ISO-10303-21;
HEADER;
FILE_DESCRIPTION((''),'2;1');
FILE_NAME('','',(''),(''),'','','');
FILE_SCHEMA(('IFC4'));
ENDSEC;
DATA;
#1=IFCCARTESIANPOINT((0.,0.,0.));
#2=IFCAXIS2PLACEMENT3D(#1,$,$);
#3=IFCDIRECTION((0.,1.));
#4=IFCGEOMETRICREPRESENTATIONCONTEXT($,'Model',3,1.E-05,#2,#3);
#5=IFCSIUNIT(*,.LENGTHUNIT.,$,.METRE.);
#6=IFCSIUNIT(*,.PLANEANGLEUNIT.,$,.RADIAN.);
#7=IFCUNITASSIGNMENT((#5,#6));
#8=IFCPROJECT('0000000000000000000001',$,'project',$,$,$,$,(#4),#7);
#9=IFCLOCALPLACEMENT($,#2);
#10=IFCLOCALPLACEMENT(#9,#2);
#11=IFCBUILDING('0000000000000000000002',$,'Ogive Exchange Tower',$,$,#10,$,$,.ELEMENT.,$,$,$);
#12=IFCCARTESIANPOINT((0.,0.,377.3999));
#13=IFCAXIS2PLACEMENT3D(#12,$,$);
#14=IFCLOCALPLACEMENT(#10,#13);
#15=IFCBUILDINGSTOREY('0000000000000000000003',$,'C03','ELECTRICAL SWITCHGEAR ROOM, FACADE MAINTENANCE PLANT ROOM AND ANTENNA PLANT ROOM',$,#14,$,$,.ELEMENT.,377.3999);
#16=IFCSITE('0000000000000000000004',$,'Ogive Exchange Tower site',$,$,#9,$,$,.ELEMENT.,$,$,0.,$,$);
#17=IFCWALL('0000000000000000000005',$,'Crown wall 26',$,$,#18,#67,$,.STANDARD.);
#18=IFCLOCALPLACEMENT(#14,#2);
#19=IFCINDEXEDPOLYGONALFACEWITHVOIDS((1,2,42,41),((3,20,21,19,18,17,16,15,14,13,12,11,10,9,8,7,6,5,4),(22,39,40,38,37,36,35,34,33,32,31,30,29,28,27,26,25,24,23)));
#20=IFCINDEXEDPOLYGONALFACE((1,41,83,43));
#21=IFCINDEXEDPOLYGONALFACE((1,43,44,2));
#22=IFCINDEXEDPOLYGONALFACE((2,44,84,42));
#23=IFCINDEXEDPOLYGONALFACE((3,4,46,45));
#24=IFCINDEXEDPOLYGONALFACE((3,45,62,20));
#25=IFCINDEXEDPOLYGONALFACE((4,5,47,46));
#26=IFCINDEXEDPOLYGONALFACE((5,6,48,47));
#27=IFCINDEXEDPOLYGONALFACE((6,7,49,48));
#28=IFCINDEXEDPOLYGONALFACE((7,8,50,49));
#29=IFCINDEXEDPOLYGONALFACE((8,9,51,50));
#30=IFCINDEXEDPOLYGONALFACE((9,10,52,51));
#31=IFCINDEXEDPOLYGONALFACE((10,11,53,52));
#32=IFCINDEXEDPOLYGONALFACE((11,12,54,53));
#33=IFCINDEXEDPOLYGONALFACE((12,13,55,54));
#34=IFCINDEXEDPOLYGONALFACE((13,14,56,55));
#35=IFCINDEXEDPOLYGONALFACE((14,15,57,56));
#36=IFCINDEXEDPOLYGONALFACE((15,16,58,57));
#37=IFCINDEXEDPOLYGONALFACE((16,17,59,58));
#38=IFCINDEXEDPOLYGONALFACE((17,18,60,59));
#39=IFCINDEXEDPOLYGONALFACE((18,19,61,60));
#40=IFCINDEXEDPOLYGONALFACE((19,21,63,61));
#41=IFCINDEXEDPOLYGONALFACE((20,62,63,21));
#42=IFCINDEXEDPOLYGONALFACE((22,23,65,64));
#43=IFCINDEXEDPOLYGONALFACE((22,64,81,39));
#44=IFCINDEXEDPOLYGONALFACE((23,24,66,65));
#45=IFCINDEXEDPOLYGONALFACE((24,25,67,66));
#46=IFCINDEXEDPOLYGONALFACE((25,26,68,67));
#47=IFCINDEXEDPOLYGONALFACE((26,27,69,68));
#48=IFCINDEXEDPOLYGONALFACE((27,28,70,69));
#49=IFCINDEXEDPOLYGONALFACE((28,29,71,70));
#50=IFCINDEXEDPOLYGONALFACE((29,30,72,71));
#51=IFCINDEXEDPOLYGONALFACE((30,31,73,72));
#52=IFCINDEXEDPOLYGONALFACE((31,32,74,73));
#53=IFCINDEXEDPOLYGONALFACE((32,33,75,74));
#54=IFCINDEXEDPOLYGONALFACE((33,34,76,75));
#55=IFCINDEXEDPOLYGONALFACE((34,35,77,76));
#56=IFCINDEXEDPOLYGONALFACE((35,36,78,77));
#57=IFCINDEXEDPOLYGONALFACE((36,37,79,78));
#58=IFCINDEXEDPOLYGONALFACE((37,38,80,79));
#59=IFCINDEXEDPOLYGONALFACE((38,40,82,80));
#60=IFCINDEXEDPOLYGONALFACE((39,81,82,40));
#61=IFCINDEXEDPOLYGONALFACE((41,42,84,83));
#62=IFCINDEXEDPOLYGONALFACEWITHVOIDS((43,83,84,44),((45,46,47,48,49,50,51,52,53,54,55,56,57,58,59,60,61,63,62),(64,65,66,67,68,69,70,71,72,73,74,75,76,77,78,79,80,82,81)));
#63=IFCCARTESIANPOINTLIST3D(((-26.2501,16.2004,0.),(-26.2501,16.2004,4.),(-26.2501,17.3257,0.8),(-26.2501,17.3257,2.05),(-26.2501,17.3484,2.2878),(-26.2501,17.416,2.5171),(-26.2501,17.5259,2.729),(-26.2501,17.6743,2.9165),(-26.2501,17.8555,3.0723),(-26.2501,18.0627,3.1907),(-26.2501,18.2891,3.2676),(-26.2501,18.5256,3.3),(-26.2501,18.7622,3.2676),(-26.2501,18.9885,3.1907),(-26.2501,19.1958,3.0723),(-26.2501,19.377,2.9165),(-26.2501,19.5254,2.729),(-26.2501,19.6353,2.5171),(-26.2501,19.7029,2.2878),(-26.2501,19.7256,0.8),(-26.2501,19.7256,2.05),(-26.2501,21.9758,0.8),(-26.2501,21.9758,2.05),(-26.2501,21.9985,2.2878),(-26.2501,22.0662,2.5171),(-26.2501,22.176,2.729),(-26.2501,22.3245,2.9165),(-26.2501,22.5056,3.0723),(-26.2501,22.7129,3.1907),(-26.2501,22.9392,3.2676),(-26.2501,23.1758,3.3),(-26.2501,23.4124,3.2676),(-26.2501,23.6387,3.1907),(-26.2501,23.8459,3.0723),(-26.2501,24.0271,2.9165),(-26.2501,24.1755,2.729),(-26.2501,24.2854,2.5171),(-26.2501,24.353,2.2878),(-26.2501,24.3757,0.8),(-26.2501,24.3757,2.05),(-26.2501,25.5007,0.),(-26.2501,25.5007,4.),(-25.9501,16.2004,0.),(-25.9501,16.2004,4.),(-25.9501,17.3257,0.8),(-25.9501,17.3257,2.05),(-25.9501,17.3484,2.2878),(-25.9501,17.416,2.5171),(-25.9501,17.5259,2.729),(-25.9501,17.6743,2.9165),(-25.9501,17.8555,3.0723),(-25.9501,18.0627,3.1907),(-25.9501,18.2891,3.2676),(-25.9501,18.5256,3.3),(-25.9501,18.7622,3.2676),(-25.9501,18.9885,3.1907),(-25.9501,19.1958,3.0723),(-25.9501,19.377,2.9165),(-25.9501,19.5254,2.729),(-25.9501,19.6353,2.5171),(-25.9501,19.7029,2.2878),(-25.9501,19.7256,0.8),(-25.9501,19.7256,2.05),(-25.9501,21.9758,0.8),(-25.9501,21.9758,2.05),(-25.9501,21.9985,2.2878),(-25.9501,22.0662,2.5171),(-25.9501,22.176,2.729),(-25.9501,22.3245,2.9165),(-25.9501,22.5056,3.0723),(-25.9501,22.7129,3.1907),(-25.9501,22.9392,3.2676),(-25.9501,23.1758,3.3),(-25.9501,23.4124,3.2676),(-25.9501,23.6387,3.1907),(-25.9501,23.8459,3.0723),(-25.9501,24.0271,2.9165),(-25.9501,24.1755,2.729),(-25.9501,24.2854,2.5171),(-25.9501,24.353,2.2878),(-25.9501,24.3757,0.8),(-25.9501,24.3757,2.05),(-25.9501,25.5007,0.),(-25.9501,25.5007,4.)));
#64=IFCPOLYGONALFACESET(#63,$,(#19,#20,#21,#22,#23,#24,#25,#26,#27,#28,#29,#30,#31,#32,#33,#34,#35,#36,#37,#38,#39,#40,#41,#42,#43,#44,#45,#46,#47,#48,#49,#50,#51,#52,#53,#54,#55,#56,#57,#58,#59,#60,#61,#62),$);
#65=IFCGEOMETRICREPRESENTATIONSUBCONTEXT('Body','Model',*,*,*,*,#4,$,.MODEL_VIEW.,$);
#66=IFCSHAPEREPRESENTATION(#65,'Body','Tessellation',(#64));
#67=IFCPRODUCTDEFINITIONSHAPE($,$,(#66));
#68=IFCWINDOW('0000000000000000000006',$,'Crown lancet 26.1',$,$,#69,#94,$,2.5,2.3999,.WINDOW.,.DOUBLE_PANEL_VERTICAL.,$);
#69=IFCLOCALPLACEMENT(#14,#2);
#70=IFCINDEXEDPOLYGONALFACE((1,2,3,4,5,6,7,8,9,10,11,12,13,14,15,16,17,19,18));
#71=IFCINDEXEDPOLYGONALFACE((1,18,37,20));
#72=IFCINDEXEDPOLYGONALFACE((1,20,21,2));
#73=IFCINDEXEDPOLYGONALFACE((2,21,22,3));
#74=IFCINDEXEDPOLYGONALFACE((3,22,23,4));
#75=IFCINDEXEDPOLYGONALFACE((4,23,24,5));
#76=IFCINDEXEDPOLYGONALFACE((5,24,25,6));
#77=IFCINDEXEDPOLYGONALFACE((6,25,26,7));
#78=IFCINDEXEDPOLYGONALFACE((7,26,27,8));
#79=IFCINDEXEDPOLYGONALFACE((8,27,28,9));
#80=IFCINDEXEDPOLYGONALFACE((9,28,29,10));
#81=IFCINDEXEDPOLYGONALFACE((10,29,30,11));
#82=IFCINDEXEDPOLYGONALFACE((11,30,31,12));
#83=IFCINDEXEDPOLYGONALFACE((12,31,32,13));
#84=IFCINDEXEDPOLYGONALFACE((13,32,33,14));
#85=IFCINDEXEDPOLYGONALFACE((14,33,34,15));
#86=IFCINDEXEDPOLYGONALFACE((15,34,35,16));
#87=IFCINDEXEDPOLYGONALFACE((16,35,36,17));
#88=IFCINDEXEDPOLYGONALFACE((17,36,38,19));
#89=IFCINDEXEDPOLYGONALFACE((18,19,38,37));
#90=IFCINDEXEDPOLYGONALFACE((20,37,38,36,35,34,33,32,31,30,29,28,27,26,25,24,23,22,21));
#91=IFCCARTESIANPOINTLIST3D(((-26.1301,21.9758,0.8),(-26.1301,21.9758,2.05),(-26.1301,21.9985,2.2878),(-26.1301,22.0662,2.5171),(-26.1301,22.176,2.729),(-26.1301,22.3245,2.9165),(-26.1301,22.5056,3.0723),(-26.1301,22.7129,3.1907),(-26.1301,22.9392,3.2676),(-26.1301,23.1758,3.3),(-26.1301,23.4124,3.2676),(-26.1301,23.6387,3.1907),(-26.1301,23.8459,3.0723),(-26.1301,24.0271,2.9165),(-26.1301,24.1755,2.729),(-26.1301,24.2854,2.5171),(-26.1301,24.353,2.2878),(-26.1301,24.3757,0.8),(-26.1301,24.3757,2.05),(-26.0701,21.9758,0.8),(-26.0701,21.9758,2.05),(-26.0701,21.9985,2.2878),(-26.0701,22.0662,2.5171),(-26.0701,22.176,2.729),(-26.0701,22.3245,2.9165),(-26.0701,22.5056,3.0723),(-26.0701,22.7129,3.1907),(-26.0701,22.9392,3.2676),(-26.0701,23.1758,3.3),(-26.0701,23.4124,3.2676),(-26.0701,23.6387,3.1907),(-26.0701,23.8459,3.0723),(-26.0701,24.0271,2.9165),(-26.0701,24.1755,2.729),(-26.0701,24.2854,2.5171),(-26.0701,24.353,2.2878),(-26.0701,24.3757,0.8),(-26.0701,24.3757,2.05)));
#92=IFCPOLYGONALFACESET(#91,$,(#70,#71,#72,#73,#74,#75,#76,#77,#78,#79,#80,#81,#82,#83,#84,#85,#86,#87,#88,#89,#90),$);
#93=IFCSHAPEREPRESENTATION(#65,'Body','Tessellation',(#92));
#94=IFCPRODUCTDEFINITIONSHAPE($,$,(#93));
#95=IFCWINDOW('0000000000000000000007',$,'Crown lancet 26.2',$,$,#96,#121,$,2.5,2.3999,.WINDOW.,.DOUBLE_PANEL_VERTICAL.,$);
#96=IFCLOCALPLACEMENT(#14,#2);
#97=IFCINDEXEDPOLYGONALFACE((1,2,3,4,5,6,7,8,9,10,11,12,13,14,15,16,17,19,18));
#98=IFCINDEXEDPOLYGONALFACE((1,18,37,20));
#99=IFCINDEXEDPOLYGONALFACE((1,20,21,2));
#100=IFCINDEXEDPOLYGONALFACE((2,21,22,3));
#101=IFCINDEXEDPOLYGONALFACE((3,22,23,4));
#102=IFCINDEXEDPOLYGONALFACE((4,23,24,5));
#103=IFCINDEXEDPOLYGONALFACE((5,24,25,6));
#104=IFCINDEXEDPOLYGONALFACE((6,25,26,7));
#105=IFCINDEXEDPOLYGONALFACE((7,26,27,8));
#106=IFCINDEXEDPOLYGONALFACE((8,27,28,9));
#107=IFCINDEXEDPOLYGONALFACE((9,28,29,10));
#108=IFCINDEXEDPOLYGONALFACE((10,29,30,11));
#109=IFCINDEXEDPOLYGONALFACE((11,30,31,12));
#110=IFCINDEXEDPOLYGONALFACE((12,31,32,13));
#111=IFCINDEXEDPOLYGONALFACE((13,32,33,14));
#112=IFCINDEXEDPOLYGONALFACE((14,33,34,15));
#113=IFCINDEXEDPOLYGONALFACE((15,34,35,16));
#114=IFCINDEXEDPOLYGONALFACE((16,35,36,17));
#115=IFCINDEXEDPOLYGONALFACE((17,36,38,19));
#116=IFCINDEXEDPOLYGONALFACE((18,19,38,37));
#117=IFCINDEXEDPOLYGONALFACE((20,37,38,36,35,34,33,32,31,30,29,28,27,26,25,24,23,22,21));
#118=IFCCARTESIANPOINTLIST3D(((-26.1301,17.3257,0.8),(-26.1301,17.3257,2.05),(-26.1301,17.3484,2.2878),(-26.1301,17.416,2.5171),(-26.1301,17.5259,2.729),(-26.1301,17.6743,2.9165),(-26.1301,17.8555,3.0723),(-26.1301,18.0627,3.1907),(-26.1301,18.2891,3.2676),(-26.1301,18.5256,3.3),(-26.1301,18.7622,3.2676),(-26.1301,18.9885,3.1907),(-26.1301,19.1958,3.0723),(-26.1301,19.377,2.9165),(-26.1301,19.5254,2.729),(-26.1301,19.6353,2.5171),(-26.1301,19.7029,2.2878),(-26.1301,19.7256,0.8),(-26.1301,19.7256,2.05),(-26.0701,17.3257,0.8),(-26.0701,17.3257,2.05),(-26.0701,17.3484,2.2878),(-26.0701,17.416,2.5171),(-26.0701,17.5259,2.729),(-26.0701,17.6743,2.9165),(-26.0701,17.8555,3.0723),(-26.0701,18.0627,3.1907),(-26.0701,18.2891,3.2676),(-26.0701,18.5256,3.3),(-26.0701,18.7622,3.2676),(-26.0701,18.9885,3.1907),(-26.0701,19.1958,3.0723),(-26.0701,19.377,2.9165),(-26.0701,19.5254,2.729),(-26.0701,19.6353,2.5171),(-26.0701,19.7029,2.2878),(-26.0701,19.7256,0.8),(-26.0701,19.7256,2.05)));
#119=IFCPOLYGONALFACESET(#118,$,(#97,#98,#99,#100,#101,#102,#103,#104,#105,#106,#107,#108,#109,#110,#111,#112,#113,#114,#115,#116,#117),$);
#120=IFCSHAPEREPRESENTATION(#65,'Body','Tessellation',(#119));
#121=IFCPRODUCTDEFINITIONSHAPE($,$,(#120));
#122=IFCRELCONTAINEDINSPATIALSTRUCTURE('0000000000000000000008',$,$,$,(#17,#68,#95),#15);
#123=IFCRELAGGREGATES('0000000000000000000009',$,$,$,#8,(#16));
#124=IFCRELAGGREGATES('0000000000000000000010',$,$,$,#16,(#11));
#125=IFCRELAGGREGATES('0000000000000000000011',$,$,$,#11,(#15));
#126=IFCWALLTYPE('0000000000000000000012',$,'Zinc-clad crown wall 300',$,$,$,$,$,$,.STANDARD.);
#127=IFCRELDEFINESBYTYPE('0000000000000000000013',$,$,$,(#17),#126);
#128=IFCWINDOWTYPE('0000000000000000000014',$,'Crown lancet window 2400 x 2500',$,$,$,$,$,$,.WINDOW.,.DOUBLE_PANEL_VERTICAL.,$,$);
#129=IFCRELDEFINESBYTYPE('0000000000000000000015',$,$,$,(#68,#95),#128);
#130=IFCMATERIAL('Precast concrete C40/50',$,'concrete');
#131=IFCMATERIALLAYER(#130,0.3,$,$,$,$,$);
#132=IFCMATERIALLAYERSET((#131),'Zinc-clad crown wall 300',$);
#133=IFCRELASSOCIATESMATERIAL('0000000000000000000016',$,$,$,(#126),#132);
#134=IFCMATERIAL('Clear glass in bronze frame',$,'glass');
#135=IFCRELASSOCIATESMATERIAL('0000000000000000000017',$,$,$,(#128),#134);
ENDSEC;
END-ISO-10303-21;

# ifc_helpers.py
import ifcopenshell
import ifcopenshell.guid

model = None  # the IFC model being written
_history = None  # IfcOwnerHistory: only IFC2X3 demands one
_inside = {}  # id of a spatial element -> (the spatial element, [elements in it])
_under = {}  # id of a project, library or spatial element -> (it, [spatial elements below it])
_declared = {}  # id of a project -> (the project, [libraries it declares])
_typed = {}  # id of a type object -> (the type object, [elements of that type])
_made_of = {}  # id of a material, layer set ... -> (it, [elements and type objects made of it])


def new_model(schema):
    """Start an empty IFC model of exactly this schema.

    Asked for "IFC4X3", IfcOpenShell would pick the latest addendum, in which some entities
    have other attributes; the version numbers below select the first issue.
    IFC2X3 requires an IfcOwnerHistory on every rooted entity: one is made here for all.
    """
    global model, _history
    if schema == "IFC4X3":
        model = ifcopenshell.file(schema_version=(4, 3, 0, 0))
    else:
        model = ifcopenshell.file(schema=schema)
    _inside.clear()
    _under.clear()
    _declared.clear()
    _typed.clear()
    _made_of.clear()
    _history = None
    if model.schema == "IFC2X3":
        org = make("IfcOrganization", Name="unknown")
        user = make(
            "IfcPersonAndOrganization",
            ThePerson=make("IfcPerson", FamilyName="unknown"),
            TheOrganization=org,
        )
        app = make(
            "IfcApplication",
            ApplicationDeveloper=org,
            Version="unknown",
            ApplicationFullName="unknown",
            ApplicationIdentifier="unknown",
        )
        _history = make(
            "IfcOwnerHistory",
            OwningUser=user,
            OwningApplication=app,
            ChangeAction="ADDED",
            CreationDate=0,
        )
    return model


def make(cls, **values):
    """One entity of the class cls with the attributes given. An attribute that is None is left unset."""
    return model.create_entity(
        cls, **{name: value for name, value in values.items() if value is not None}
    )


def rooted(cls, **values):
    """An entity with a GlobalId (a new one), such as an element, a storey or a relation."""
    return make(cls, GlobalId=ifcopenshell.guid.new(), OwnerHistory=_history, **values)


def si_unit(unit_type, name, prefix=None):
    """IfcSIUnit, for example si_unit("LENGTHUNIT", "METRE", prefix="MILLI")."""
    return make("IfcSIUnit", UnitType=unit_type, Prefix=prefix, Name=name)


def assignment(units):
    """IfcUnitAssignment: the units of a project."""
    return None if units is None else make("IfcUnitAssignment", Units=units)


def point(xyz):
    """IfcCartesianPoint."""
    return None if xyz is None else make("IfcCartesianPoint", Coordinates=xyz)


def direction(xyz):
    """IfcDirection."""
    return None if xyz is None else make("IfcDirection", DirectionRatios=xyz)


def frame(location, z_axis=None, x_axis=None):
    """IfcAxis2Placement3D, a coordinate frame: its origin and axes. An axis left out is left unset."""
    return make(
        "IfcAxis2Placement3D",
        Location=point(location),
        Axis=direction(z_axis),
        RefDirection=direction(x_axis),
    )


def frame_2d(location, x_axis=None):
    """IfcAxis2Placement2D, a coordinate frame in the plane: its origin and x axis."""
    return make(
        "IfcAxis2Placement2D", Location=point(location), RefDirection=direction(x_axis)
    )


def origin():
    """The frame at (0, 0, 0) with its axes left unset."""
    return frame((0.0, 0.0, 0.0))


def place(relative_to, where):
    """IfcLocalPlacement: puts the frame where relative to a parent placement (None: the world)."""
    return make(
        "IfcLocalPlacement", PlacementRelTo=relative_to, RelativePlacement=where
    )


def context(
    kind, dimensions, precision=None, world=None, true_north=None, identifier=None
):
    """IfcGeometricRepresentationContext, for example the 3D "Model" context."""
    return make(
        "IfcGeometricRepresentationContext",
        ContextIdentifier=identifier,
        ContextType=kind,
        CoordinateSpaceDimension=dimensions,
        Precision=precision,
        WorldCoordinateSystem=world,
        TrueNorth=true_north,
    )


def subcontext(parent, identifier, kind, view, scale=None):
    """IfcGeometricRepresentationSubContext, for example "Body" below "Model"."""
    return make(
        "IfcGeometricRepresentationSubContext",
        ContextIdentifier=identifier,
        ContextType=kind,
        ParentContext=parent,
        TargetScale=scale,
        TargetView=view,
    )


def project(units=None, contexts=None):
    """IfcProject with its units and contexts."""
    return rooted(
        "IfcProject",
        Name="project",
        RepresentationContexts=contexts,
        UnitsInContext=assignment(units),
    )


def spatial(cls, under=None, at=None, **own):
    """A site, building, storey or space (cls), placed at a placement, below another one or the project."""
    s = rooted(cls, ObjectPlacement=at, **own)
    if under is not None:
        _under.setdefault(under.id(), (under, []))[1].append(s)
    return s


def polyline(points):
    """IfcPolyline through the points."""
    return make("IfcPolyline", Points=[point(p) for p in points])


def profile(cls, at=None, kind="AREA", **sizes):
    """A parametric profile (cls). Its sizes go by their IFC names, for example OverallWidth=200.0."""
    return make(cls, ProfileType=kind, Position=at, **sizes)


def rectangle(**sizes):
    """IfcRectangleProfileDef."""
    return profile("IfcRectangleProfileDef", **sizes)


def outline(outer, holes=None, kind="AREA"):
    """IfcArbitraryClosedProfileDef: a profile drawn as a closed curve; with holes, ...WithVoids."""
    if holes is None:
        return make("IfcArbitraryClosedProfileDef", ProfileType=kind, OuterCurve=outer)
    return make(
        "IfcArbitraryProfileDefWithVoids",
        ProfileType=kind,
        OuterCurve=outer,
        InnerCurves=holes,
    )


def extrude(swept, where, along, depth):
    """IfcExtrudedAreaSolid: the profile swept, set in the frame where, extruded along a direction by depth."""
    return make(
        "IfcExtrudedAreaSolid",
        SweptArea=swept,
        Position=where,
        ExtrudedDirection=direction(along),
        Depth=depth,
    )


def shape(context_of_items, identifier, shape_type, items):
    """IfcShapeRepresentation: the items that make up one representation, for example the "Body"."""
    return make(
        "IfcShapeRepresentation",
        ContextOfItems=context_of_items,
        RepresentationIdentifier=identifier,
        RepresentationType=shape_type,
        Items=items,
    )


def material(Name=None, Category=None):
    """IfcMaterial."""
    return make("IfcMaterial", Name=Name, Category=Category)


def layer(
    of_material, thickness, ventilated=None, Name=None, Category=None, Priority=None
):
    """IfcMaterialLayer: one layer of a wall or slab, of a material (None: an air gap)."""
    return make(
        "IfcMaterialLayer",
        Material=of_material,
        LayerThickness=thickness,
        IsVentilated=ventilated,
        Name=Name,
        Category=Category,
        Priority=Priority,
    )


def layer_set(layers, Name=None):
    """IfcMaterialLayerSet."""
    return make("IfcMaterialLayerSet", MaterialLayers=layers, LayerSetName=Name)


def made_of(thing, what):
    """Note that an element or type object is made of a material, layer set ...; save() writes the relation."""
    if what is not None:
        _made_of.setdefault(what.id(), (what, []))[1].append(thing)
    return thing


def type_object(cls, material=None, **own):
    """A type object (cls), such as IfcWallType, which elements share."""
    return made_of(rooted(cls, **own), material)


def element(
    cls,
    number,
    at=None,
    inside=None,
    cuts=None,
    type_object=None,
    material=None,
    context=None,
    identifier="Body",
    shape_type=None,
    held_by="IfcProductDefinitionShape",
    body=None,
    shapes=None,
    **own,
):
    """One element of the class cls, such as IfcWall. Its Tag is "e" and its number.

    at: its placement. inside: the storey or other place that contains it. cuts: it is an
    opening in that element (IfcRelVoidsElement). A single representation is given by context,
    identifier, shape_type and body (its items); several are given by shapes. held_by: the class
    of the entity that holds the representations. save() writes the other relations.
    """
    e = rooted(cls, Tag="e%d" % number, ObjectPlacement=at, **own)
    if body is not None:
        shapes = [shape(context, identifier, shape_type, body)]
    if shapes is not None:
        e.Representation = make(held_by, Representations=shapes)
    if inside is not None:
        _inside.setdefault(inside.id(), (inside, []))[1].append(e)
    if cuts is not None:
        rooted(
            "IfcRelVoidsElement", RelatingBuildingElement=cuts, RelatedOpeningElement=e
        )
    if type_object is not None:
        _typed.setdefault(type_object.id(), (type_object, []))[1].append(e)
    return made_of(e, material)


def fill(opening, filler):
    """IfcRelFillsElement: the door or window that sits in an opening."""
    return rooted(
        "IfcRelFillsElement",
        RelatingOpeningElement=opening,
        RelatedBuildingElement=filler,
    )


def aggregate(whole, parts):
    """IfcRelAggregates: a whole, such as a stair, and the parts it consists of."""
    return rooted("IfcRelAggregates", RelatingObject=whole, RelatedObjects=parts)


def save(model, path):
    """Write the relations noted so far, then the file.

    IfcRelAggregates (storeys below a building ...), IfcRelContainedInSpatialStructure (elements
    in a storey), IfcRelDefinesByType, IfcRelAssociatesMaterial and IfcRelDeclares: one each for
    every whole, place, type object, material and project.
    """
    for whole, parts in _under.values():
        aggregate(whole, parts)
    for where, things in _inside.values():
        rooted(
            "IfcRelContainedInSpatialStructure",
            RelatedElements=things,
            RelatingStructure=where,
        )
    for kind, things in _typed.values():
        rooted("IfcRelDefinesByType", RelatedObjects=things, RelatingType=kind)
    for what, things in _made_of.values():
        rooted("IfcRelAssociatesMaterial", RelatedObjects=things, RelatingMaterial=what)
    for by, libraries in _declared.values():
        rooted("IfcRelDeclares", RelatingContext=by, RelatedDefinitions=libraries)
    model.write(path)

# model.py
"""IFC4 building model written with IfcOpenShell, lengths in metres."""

from ifc_helpers import new_model, si_unit, direction, frame, frame_2d, origin, place, context, subcontext, project, spatial, polyline, rectangle, outline, extrude, material, layer, layer_set, type_object, element, fill, save


model = new_model("IFC4")

# Units and contexts
model_context = context("Model", 3, precision=1e-05, world=origin(), true_north=direction((0.0, 1.0)))
body_context = subcontext(model_context, "Body", "Model", "MODEL_VIEW")
ifc_project = project(units=[si_unit("LENGTHUNIT", "METRE"), si_unit("PLANEANGLEUNIT", "RADIAN")], contexts=[model_context])

# Site, building, storey
site_placement = place(None, origin())
site = spatial("IfcSite", under=ifc_project, at=site_placement, Name="Ogive Exchange Tower site", CompositionType="ELEMENT", RefElevation=0.0)
building_placement = place(site_placement, origin())
building = spatial("IfcBuilding", under=site, at=building_placement, Name="Ogive Exchange Tower", CompositionType="ELEMENT")
storey_placement = place(building_placement, frame((0.0, 0.0, 377.3999)))
storey = spatial("IfcBuildingStorey", under=building, at=storey_placement, Name="C03", Description="ELECTRICAL SWITCHGEAR ROOM, FACADE MAINTENANCE PLANT ROOM AND ANTENNA PLANT ROOM", CompositionType="ELEMENT", Elevation=377.3999)

# Wall, openings, windows
ifc_material_1 = material(Name="Precast concrete C40/50", Category="concrete")
ifc_layer_1 = layer(ifc_material_1, 0.3)
ifc_layer_set_1 = layer_set([ifc_layer_1], Name="Zinc-clad crown wall 300")
wall_type_1 = type_object("IfcWallType", Name="Zinc-clad crown wall 300", PredefinedType="STANDARD", material=ifc_layer_set_1)
wall_1_placement = place(storey_placement, frame((-26.1001, 25.5007, 0.0), z_axis=(0.0, 0.0, 1.0), x_axis=(0.0, -1.0, 0.0)))
wall_1 = element("IfcWall", 1, at=wall_1_placement, inside=storey, type_object=wall_type_1, Name="Crown wall 26", PredefinedType="STANDARD", context=body_context, shape_type="SweptSolid", body=[
    extrude(rectangle(XDim=9.3003, YDim=0.3, at=frame_2d((4.6501, 0.0))), origin(), (0.0, 0.0, 1.0), 4.0),
])
opening_1_placement = place(wall_1_placement, frame((1.125, 0.0, 0.8)))
opening_1 = element("IfcOpeningElement", 2, at=opening_1_placement, cuts=wall_1, PredefinedType="OPENING", context=body_context, shape_type="SweptSolid", body=[
    extrude(outline(polyline([(0.0, 0.0), (2.3999, 0.0), (2.3999, 1.25), (2.3772, 1.4878), (2.3096, 1.717), (2.1997, 1.929), (2.0513, 2.1165), (1.8701, 2.2722), (1.6628, 2.3906), (1.4365, 2.4675), (1.2, 2.5), (0.9634, 2.4675), (0.7371, 2.3906), (0.5298, 2.2722), (0.3486, 2.1165), (0.2002, 1.929), (0.0903, 1.717), (0.0227, 1.4878), (0.0, 1.25), (0.0, 0.0)])), frame((0.0, 0.1599, 0.0), z_axis=(0.0, -1.0, 0.0), x_axis=(1.0, 0.0, 0.0)), (0.0, 0.0, 1.0), 0.3201),
])
opening_2_placement = place(wall_1_placement, frame((5.7751, 0.0, 0.8)))
opening_2 = element("IfcOpeningElement", 3, at=opening_2_placement, cuts=wall_1, PredefinedType="OPENING", context=body_context, shape_type="SweptSolid", body=[
    extrude(outline(polyline([(0.0, 0.0), (2.3999, 0.0), (2.3999, 1.25), (2.3772, 1.4878), (2.3096, 1.717), (2.1997, 1.929), (2.0513, 2.1165), (1.8701, 2.2722), (1.6628, 2.3906), (1.4365, 2.4675), (1.2, 2.5), (0.9634, 2.4675), (0.7371, 2.3906), (0.5298, 2.2722), (0.3486, 2.1165), (0.2002, 1.929), (0.0903, 1.717), (0.0227, 1.4878), (0.0, 1.25), (0.0, 0.0)])), frame((0.0, 0.1599, 0.0), z_axis=(0.0, -1.0, 0.0), x_axis=(1.0, 0.0, 0.0)), (0.0, 0.0, 1.0), 0.3201),
])
ifc_material_2 = material(Name="Clear glass in bronze frame", Category="glass")
window_type = type_object("IfcWindowType", Name="Crown lancet window 2400 x 2500", PartitioningType="DOUBLE_PANEL_VERTICAL", PredefinedType="WINDOW", material=ifc_material_2)
window_1_placement = place(opening_1_placement, origin())
window_1 = element("IfcWindow", 4, at=window_1_placement, inside=storey, type_object=window_type, Name="Crown lancet 26.1", OverallHeight=2.5, OverallWidth=2.3999, PartitioningType="DOUBLE_PANEL_VERTICAL", PredefinedType="WINDOW", context=body_context, shape_type="SweptSolid", body=[
    extrude(outline(polyline([(0.0, 0.0), (2.3999, 0.0), (2.3999, 1.25), (2.3772, 1.4878), (2.3096, 1.717), (2.1997, 1.929), (2.0513, 2.1165), (1.8701, 2.2722), (1.6628, 2.3906), (1.4365, 2.4675), (1.2, 2.5), (0.9634, 2.4675), (0.7371, 2.3906), (0.5298, 2.2722), (0.3486, 2.1165), (0.2002, 1.929), (0.0903, 1.717), (0.0227, 1.4878), (0.0, 1.25), (0.0, 0.0)])), frame((0.0, 0.03, 0.0), z_axis=(0.0, -1.0, 0.0), x_axis=(1.0, 0.0, 0.0)), (0.0, 0.0, 1.0), 0.0601),
])
fill(opening_1, window_1)
window_2_placement = place(opening_2_placement, origin())
window_2 = element("IfcWindow", 5, at=window_2_placement, inside=storey, type_object=window_type, Name="Crown lancet 26.2", OverallHeight=2.5, OverallWidth=2.3999, PartitioningType="DOUBLE_PANEL_VERTICAL", PredefinedType="WINDOW", context=body_context, shape_type="SweptSolid", body=[
    extrude(outline(polyline([(0.0, 0.0), (2.3999, 0.0), (2.3999, 1.25), (2.3772, 1.4878), (2.3096, 1.717), (2.1997, 1.929), (2.0513, 2.1165), (1.8701, 2.2722), (1.6628, 2.3906), (1.4365, 2.4675), (1.2, 2.5), (0.9634, 2.4675), (0.7371, 2.3906), (0.5298, 2.2722), (0.3486, 2.1165), (0.2002, 1.929), (0.0903, 1.717), (0.0227, 1.4878), (0.0, 1.25), (0.0, 0.0)])), frame((0.0, 0.03, 0.0), z_axis=(0.0, -1.0, 0.0), x_axis=(1.0, 0.0, 0.0)), (0.0, 0.0, 1.0), 0.0601),
])
fill(opening_2, window_2)

save(model, "model.ifc")
